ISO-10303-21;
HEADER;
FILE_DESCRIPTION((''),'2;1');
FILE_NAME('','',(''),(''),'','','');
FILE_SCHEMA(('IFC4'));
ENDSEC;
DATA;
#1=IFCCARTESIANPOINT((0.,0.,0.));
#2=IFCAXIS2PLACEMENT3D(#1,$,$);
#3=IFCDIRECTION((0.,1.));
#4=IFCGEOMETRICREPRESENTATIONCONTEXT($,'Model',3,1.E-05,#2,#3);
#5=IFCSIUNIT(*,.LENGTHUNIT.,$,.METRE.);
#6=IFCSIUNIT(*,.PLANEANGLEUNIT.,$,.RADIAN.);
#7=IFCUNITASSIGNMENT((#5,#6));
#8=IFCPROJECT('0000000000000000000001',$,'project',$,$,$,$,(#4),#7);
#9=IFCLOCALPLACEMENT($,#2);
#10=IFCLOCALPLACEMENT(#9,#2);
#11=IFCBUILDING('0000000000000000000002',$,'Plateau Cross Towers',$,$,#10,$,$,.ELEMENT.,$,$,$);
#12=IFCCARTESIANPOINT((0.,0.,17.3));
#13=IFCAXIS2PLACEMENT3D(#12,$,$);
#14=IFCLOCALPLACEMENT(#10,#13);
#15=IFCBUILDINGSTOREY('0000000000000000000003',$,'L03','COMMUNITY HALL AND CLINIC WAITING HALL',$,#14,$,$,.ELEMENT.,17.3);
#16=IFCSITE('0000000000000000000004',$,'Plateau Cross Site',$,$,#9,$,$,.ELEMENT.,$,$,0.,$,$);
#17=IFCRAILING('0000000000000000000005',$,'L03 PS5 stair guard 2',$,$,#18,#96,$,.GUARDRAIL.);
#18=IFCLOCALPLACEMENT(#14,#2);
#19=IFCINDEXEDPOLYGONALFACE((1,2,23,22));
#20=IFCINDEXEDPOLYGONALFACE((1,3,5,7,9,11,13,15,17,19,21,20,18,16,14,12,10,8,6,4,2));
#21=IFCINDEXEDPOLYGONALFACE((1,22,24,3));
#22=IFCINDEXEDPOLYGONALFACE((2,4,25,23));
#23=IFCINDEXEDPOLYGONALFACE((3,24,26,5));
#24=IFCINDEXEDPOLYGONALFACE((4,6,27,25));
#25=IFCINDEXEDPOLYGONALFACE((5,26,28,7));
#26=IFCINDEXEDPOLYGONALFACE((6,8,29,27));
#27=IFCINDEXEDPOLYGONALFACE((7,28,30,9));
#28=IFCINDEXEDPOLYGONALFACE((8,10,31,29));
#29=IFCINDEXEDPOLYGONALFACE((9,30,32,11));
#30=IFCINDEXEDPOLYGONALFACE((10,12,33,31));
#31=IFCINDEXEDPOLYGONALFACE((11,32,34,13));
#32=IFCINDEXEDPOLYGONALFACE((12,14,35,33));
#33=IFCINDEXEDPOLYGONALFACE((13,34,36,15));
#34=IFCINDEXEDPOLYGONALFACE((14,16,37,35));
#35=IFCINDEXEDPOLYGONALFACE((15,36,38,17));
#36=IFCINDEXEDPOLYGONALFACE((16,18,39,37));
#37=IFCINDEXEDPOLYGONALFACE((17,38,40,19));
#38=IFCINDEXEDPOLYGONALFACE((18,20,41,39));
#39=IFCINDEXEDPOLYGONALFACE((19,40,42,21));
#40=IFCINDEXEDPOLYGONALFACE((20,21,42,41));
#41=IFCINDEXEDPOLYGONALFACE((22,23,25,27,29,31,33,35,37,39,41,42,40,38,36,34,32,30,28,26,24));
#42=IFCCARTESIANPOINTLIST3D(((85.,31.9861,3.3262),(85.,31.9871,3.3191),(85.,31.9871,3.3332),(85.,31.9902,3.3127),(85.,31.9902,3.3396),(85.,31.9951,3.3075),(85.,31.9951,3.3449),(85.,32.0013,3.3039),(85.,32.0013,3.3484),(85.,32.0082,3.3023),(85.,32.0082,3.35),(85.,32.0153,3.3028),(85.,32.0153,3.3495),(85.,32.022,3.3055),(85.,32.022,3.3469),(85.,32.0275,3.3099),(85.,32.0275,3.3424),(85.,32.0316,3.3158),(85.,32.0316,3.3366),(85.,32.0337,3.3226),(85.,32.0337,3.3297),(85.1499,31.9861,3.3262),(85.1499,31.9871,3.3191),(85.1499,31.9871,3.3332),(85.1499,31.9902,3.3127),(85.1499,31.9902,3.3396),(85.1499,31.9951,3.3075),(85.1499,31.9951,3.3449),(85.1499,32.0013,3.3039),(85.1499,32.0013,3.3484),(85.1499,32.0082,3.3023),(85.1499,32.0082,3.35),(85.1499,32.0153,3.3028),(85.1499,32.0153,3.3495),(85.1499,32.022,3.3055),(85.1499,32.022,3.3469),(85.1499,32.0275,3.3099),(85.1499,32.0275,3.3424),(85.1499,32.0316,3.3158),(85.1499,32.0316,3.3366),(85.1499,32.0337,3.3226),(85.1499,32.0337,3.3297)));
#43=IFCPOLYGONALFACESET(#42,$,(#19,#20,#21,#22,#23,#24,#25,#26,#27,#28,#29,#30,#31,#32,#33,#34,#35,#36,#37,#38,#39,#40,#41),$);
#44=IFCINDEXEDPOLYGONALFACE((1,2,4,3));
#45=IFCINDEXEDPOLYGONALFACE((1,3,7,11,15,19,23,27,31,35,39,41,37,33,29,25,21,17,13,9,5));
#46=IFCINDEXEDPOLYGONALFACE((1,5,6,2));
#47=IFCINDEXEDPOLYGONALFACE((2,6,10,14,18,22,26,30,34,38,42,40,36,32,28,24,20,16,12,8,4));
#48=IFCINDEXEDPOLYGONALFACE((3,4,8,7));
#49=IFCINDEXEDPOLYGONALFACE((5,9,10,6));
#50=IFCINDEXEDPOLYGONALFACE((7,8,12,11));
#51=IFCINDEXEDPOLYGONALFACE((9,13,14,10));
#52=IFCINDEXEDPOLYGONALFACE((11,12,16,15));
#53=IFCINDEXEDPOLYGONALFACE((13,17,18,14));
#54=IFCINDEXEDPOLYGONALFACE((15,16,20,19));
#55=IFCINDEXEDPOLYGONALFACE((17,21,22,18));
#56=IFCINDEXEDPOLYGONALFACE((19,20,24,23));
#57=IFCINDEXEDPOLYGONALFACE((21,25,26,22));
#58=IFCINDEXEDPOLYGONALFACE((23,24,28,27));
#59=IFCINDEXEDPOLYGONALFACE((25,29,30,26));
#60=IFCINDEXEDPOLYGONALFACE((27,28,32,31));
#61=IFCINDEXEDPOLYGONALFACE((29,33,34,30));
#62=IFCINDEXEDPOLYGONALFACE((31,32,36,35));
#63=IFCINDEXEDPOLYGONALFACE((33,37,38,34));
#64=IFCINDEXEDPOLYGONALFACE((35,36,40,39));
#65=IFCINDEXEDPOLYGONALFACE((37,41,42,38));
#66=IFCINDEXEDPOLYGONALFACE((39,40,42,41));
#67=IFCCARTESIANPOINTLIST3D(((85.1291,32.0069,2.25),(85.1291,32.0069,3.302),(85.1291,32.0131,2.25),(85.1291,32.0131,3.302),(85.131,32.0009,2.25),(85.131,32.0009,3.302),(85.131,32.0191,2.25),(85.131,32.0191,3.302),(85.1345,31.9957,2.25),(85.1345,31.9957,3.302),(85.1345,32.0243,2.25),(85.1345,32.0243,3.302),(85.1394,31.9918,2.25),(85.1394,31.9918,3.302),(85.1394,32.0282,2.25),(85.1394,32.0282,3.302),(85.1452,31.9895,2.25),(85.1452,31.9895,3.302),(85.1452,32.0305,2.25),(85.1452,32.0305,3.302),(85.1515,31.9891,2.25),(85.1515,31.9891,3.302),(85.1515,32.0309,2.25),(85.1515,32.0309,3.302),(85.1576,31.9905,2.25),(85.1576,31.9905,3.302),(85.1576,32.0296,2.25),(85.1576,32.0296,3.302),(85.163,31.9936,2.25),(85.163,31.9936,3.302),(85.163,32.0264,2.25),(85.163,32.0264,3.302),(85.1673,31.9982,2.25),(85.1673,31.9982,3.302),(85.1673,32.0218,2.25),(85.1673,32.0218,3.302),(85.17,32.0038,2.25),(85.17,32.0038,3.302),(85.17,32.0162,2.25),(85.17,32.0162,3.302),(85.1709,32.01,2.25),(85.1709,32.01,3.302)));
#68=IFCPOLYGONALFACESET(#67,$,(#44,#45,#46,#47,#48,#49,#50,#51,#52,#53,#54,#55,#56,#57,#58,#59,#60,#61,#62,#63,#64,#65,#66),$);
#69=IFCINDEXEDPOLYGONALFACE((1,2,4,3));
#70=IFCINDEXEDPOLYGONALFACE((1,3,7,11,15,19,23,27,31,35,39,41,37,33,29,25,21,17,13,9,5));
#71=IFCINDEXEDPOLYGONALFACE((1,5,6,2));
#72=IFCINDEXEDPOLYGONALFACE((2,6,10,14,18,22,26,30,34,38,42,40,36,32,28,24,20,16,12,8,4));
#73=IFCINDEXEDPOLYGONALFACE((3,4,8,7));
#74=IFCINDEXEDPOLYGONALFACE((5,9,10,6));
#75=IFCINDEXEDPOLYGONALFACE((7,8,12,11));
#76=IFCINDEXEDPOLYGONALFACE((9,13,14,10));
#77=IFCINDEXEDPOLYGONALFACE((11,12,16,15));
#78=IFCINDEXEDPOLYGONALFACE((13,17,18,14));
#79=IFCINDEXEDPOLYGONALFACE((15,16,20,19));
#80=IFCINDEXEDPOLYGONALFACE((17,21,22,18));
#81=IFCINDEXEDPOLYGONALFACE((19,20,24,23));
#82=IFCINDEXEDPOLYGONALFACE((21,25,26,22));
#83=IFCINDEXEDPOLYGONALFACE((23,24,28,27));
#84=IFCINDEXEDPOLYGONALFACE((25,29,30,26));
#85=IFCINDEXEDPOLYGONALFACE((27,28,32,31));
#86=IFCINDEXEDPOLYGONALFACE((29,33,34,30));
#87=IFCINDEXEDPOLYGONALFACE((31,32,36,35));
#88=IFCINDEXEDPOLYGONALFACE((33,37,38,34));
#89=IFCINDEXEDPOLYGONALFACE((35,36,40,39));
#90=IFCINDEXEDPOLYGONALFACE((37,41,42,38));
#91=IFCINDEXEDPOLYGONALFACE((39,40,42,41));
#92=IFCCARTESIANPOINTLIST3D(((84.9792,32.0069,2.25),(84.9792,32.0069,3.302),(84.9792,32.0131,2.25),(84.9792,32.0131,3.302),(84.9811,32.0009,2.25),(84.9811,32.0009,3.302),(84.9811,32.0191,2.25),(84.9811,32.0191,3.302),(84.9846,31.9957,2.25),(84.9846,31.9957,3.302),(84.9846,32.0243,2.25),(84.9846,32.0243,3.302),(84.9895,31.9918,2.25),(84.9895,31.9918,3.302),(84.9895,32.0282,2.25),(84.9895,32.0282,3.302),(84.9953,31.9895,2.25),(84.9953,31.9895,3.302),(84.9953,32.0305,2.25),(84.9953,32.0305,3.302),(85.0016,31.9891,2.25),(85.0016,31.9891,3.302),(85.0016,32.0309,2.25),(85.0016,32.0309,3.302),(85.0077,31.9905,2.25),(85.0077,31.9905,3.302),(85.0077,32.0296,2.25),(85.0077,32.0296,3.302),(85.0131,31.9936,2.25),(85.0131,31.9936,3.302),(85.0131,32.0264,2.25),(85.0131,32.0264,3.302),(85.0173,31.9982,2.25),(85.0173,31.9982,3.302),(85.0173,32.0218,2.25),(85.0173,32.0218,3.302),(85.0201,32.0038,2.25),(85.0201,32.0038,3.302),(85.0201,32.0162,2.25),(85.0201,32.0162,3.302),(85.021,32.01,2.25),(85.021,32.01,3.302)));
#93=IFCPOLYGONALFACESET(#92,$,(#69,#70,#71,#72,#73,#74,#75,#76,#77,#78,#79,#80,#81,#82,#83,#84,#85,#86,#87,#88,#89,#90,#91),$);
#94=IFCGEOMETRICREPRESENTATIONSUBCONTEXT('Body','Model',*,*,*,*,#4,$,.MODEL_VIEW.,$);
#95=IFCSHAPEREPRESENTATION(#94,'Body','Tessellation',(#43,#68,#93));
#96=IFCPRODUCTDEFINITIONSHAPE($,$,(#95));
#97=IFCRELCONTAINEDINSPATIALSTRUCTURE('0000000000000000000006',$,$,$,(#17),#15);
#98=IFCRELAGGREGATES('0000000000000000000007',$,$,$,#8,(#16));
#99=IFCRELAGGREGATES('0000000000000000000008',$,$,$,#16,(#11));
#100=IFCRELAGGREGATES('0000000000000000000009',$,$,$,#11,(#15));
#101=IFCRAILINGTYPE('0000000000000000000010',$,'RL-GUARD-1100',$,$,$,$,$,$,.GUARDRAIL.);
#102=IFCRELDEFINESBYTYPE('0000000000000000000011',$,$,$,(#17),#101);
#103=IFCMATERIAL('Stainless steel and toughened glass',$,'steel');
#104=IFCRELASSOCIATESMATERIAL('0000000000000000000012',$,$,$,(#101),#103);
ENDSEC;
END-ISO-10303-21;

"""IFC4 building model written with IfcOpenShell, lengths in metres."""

from ifc_helpers import new_model, si_unit, direction, frame, origin, origin_2d, place, context, subcontext, project, spatial, circle, extrude, material, type_object, element, save


model = new_model("IFC4")

# Units and contexts
model_context = context("Model", 3, precision=1e-05, world=origin(), true_north=direction((0.0, 1.0)))
body_context = subcontext(model_context, "Body", "Model", "MODEL_VIEW")
ifc_project = project(units=[si_unit("LENGTHUNIT", "METRE"), si_unit("PLANEANGLEUNIT", "RADIAN")], contexts=[model_context])

# Site, building, storey
site_placement = place(None, origin())
site = spatial("IfcSite", under=ifc_project, at=site_placement, Name="Plateau Cross Site", CompositionType="ELEMENT", RefElevation=0.0)
building_placement = place(site_placement, origin())
building = spatial("IfcBuilding", under=site, at=building_placement, Name="Plateau Cross Towers", CompositionType="ELEMENT")
storey_placement = place(building_placement, frame((0.0, 0.0, 17.3)))
storey = spatial("IfcBuildingStorey", under=building, at=storey_placement, Name="L03", Description="COMMUNITY HALL AND CLINIC WAITING HALL", CompositionType="ELEMENT", Elevation=17.3)

# Railing
ifc_material_1 = material(Name="Stainless steel and toughened glass", Category="steel")
railing_type_1 = type_object("IfcRailingType", Name="RL-GUARD-1100", PredefinedType="GUARDRAIL", material=ifc_material_1)
railing_1_placement = place(storey_placement, frame((85.1499, 32.01, 2.25)))
element("IfcRailing", 1, at=railing_1_placement, inside=storey, type_object=railing_type_1, Name="L03 PS5 stair guard 2", PredefinedType="GUARDRAIL", context=body_context, shape_type="SweptSolid", body=[
    extrude(circle(Radius=0.0239, at=origin_2d()), frame((0.0, 0.0, 1.0762), z_axis=(-1.0, 0.0, 0.0), x_axis=(0.0, -1.0, 0.0)), (0.0, 0.0, 1.0), 0.1499),
    extrude(circle(Radius=0.021, at=origin_2d()), origin(), (0.0, 0.0, 1.0), 1.052),
    extrude(circle(Radius=0.021, at=origin_2d()), frame((-0.1499, 0.0, 0.0)), (0.0, 0.0, 1.0), 1.052),
])

save(model, "model.ifc")
